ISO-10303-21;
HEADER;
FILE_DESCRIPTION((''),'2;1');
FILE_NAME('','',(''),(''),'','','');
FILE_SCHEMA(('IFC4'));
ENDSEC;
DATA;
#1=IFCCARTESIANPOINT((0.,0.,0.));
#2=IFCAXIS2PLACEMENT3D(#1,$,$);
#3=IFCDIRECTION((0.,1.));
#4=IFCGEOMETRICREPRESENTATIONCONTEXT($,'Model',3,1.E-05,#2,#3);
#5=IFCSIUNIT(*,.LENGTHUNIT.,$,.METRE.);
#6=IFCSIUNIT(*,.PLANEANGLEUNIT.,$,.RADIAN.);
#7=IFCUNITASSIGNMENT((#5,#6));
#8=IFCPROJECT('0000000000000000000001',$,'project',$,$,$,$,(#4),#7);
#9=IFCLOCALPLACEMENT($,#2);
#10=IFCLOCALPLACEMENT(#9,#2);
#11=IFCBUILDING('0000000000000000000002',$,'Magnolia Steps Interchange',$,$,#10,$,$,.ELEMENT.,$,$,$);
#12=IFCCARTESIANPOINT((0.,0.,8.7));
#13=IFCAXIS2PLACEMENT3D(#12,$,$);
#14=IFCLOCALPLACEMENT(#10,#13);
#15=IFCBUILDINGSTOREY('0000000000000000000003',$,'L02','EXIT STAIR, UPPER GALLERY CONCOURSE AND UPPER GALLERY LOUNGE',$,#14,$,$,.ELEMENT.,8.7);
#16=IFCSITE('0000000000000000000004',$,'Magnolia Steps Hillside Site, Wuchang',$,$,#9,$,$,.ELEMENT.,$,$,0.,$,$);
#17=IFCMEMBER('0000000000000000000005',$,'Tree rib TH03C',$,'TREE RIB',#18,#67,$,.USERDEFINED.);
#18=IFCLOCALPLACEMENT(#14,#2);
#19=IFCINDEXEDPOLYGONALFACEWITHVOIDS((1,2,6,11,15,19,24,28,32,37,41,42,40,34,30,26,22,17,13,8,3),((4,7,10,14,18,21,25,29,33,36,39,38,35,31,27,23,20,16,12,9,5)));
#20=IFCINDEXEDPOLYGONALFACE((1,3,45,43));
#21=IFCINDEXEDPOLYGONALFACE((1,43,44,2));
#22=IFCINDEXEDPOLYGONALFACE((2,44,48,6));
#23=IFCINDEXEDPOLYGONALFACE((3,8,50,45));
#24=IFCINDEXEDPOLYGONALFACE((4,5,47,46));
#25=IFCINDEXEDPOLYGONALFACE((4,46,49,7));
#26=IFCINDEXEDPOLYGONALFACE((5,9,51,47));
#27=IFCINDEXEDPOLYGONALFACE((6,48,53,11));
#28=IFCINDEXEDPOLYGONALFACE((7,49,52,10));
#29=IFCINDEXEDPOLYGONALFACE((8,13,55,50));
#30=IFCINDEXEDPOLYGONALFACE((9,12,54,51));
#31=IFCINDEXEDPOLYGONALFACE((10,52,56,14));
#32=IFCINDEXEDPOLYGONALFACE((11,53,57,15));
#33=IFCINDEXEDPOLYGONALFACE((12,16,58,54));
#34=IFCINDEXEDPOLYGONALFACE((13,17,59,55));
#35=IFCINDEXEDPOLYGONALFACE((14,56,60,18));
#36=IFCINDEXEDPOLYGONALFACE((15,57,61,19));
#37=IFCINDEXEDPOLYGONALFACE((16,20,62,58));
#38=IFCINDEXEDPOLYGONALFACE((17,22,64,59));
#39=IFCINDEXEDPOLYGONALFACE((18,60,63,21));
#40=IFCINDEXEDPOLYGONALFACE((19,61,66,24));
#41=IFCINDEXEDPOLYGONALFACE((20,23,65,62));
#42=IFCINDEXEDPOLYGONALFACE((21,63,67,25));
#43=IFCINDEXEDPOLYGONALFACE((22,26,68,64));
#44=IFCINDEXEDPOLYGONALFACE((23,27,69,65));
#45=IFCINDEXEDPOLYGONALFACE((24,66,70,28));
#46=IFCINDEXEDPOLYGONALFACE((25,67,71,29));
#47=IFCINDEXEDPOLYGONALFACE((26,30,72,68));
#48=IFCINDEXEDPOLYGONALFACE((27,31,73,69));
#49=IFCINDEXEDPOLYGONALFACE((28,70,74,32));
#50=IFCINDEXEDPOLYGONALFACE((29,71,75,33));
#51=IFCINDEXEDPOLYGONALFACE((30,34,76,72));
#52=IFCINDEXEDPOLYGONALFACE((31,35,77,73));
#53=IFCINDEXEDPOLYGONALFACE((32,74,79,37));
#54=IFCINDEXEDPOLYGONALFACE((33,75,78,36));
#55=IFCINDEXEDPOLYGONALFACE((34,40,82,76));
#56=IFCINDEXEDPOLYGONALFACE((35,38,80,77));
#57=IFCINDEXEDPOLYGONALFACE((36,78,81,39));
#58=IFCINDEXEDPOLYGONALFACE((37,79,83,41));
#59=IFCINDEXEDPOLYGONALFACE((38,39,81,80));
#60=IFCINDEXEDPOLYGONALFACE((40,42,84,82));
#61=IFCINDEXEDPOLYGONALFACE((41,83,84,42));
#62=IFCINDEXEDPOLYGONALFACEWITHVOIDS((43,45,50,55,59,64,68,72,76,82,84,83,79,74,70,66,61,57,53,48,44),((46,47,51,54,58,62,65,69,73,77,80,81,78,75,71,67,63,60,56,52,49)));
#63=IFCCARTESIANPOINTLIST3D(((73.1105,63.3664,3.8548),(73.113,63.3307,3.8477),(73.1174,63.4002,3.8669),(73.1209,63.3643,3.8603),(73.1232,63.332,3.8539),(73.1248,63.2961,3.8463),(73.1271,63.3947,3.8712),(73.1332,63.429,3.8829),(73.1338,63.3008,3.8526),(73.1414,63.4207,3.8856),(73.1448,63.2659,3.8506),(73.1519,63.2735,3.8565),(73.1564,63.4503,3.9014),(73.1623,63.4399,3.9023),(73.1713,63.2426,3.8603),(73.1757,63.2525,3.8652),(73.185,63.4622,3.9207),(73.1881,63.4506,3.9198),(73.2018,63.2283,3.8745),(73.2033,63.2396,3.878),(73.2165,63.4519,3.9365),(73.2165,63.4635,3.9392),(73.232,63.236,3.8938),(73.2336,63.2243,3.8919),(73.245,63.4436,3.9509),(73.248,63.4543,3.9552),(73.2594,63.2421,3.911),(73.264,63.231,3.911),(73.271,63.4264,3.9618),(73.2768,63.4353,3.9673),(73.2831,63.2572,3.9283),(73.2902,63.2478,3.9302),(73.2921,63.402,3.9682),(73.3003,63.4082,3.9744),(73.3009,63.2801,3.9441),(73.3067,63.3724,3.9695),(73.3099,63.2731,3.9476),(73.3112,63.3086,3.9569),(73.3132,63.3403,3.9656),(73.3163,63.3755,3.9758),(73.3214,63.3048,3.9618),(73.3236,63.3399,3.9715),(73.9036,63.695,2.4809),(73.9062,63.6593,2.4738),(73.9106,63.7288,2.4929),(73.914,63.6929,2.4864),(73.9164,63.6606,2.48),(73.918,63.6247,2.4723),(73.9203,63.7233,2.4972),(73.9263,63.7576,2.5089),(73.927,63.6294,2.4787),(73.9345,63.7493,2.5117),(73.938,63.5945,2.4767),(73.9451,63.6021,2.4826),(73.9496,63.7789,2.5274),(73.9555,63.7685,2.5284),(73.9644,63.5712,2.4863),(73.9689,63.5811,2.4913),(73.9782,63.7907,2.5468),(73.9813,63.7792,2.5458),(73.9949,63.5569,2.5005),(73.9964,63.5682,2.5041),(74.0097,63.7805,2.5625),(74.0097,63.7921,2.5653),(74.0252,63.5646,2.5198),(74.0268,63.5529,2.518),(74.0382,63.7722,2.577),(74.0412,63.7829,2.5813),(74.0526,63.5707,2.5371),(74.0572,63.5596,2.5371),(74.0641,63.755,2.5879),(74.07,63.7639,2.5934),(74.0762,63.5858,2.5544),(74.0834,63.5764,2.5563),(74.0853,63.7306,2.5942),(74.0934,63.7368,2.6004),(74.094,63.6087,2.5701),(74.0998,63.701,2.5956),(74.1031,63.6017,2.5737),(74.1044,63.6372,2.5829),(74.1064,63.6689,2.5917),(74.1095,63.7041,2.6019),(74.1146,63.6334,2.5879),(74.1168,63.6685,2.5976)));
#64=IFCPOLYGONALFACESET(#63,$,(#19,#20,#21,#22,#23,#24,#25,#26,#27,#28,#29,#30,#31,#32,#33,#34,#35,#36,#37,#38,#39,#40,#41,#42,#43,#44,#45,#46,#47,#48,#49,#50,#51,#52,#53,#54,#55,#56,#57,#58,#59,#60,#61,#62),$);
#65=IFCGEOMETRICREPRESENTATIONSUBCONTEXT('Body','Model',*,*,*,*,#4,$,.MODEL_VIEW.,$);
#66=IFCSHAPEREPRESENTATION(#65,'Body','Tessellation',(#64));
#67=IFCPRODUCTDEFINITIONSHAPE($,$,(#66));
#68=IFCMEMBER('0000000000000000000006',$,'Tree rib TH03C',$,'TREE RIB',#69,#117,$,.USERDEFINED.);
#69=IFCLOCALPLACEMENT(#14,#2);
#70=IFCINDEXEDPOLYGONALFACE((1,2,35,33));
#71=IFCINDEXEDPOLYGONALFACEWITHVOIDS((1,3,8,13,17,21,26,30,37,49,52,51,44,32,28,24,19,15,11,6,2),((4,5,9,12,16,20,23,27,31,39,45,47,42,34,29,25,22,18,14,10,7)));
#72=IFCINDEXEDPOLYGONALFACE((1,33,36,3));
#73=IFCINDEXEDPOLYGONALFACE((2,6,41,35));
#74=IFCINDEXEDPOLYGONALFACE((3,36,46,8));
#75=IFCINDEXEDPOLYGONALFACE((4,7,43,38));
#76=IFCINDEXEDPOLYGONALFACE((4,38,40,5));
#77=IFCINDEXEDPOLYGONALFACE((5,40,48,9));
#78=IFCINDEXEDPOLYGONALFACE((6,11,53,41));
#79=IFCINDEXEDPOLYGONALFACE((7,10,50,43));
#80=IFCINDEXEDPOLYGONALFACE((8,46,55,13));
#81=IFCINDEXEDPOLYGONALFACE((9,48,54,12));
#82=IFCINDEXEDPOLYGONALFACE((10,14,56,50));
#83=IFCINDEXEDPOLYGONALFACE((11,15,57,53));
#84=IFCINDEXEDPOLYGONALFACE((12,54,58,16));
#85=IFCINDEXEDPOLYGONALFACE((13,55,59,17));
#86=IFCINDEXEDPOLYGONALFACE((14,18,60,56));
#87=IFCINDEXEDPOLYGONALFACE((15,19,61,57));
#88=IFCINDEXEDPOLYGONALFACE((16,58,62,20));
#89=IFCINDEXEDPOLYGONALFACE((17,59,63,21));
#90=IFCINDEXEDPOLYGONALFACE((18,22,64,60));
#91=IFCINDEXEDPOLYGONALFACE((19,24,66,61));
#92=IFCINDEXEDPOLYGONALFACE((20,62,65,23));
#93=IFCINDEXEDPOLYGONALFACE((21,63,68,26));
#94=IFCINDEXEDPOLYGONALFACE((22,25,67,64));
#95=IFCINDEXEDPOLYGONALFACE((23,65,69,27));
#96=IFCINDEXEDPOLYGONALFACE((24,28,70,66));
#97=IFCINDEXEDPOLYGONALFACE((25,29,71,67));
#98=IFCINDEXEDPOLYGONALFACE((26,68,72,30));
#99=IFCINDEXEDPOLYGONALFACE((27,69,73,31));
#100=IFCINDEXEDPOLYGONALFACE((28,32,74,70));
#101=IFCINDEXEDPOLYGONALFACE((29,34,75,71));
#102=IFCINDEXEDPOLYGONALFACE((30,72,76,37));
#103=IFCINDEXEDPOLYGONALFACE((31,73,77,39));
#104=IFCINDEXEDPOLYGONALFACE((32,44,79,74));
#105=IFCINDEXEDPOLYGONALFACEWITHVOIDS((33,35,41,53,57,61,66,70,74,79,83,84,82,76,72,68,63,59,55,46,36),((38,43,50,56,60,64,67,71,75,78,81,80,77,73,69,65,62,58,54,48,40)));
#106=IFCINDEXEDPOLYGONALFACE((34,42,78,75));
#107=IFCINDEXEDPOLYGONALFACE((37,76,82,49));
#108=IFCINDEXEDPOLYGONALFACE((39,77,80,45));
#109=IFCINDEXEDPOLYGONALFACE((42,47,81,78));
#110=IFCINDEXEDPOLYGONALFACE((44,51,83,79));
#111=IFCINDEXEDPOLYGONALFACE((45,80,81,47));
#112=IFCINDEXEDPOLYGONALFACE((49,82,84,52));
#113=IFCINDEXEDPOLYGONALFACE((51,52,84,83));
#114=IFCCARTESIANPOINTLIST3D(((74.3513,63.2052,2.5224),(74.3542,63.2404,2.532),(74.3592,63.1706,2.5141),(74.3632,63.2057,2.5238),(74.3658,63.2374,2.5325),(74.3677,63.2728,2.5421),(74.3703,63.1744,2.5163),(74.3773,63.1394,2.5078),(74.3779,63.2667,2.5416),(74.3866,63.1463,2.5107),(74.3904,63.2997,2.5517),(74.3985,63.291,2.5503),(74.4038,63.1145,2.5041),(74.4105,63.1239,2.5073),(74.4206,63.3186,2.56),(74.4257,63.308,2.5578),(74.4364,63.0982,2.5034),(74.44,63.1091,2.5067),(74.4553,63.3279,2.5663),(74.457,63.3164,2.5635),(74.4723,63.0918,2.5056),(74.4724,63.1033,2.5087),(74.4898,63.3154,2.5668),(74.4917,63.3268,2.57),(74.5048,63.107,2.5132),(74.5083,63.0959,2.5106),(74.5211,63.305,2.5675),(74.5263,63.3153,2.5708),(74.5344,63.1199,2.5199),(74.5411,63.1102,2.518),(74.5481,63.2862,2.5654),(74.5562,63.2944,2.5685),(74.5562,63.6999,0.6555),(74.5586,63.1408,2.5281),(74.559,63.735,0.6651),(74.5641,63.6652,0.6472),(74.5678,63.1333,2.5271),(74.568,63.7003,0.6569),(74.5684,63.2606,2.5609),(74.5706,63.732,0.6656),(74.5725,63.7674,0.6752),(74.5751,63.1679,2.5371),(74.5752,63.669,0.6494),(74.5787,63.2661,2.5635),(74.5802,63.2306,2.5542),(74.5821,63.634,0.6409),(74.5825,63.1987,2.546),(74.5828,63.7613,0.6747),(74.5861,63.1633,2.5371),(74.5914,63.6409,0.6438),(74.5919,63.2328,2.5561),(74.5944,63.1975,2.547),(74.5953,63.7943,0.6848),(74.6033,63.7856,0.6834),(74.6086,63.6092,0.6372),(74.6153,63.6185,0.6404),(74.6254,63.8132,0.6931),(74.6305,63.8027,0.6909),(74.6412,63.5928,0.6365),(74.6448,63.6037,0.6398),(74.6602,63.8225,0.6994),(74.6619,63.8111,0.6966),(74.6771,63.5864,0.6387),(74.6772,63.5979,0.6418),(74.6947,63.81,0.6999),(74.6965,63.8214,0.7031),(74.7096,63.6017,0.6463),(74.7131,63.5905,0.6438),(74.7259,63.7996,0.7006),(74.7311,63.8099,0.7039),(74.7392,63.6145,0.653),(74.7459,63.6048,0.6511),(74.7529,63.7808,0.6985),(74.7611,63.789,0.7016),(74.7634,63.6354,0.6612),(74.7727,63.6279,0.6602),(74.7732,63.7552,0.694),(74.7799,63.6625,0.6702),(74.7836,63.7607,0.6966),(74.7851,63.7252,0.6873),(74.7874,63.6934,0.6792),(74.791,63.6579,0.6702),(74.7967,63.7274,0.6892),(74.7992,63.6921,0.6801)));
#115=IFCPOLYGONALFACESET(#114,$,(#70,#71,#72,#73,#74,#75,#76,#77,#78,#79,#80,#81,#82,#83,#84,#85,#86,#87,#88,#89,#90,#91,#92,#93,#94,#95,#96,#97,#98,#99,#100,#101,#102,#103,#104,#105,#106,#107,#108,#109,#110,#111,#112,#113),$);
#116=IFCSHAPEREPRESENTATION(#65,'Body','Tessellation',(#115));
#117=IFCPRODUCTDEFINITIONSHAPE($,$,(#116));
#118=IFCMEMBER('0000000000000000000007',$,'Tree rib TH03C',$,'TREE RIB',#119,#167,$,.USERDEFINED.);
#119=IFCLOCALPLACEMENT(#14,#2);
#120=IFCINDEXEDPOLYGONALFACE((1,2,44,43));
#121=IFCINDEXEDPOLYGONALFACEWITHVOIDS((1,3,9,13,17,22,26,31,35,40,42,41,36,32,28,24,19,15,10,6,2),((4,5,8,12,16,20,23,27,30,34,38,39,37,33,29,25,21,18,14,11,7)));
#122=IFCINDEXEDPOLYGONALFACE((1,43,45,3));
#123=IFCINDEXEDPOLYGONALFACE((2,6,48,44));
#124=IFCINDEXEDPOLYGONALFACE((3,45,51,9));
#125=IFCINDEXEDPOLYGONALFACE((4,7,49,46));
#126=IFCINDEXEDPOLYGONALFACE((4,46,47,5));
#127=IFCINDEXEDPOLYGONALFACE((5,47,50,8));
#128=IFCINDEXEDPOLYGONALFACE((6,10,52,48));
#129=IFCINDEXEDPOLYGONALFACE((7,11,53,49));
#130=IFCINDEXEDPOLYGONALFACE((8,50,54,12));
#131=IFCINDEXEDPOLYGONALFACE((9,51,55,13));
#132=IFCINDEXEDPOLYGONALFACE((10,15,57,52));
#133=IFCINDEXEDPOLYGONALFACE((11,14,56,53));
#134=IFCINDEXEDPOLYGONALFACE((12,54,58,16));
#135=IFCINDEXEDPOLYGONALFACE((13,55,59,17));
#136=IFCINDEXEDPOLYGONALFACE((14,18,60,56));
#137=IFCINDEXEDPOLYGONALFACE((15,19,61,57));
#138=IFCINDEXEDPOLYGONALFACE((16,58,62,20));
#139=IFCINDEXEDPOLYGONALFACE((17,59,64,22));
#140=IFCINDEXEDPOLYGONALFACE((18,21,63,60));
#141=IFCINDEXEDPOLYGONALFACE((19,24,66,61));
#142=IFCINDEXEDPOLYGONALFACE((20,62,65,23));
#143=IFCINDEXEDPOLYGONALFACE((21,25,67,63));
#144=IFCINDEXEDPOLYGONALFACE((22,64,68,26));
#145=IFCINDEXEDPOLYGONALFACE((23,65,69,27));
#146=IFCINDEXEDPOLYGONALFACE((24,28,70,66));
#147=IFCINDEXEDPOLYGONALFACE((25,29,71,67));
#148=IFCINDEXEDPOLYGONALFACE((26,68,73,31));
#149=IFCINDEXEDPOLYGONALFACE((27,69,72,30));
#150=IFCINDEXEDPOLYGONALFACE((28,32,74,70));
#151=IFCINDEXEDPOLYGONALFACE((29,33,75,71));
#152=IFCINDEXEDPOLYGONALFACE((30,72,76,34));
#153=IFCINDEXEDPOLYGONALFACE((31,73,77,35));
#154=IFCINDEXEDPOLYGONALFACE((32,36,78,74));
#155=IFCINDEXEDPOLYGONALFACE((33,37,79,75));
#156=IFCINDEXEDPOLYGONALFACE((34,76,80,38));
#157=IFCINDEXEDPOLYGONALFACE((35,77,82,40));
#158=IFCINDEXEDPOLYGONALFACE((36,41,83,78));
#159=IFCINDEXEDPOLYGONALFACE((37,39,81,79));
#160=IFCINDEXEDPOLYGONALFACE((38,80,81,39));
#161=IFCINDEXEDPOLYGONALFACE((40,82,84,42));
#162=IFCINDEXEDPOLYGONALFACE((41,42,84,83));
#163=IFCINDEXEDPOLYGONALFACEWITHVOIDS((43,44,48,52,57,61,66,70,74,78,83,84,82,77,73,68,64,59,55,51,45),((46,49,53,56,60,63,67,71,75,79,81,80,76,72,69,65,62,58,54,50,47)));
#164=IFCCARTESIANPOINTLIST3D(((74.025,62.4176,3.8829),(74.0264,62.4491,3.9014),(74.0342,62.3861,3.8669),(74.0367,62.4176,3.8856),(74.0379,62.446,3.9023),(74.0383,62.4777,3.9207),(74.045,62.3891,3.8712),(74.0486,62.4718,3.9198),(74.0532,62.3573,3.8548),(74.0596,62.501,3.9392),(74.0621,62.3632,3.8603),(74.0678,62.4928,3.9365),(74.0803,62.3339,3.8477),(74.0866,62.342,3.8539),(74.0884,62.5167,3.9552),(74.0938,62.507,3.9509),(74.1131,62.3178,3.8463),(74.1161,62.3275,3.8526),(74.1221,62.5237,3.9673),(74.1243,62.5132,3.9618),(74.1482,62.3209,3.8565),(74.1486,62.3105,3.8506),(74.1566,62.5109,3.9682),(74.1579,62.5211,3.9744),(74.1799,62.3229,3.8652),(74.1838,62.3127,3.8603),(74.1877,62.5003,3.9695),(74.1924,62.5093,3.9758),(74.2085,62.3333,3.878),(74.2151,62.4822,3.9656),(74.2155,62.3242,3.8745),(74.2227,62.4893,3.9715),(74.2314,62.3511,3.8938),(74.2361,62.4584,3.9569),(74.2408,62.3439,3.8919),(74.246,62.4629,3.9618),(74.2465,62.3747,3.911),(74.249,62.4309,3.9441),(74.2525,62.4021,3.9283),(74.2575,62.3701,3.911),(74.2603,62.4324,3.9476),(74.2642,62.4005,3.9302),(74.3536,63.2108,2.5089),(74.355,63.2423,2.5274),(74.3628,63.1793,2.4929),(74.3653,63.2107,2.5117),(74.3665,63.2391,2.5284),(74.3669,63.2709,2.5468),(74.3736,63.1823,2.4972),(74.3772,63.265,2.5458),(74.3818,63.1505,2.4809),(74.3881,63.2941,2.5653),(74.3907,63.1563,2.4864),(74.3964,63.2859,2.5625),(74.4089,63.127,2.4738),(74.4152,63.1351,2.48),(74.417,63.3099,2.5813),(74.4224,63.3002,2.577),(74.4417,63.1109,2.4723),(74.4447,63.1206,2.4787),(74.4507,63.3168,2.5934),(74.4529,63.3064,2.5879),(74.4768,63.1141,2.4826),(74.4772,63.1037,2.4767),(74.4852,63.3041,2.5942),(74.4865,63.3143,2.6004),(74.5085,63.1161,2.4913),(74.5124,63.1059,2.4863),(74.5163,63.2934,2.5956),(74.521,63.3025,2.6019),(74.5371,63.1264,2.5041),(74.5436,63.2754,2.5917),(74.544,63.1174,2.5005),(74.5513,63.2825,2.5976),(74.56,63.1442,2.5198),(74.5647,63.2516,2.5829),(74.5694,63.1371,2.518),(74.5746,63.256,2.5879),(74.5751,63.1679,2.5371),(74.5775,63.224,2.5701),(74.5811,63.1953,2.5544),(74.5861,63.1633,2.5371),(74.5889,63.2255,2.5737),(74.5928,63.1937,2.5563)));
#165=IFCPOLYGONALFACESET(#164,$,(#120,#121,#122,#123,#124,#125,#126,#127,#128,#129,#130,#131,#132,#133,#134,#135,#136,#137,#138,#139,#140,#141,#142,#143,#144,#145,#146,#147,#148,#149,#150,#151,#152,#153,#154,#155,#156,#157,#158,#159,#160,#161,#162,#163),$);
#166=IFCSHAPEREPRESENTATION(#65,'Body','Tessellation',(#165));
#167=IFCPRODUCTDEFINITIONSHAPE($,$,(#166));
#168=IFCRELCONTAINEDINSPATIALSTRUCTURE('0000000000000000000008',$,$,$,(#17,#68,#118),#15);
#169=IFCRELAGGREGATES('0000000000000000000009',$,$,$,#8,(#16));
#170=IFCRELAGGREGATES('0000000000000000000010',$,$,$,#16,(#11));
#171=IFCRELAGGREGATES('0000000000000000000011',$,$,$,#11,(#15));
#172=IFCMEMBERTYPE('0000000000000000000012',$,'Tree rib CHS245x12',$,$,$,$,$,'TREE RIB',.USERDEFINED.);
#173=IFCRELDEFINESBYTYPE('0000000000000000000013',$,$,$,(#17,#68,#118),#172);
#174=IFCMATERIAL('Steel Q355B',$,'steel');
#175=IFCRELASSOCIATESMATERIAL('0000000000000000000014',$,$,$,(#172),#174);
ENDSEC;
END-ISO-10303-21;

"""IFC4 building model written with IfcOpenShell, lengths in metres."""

from ifc_helpers import new_model, si_unit, direction, frame, origin, origin_2d, place, context, subcontext, project, spatial, hollow_circle, extrude, material, material_profile, profile_set, type_object, element, save


model = new_model("IFC4")

# Units and contexts
model_context = context("Model", 3, precision=1e-05, world=origin(), true_north=direction((0.0, 1.0)))
body_context = subcontext(model_context, "Body", "Model", "MODEL_VIEW")
ifc_project = project(units=[si_unit("LENGTHUNIT", "METRE"), si_unit("PLANEANGLEUNIT", "RADIAN")], contexts=[model_context])

# Site, building, storey
site_placement = place(None, origin())
site = spatial("IfcSite", under=ifc_project, at=site_placement, Name="Magnolia Steps Hillside Site, Wuchang", CompositionType="ELEMENT", RefElevation=0.0)
building_placement = place(site_placement, origin())
building = spatial("IfcBuilding", under=site, at=building_placement, Name="Magnolia Steps Interchange", CompositionType="ELEMENT")
storey_placement = place(building_placement, frame((0.0, 0.0, 8.7)))
storey = spatial("IfcBuildingStorey", under=building, at=storey_placement, Name="L02", Description="EXIT STAIR, UPPER GALLERY CONCOURSE AND UPPER GALLERY LOUNGE", CompositionType="ELEMENT", Elevation=8.7)

# Members
ifc_material_1 = material(Name="Steel Q355B", Category="steel")
ifc_material_profile_1 = material_profile(ifc_material_1, hollow_circle(Radius=0.1226, WallThickness=0.012, at=origin_2d()), Name="CHS245x12")
ifc_profile_set_1 = profile_set([ifc_material_profile_1], Name="Steel Q355B")
member_type = type_object("IfcMemberType", Name="Tree rib CHS245x12", ElementType="TREE RIB", PredefinedType="USERDEFINED", material=ifc_profile_set_1)
member_1_placement = place(storey_placement, frame((74.0103, 63.6729, 2.5371), z_axis=(-0.489571, -0.20282, 0.848047), x_axis=(0.382737, -0.923857, 0.0)))
element("IfcMember", 1, at=member_1_placement, inside=storey, type_object=member_type, Name="Tree rib TH03C", ObjectType="TREE RIB", PredefinedType="USERDEFINED", context=body_context, shape_type="SweptSolid", body=[
    extrude(hollow_circle(Radius=0.1226, WallThickness=0.012, at=origin_2d()), origin(), (0.0, 0.0, 1.0), 1.6201),
])
member_2_placement = place(storey_placement, frame((74.6777, 63.7048, 0.6702), z_axis=(-0.105466, -0.254676, 0.961258), x_axis=(0.923911, -0.382607, 0.0)))
element("IfcMember", 2, at=member_2_placement, inside=storey, type_object=member_type, Name="Tree rib TH03C", ObjectType="TREE RIB", PredefinedType="USERDEFINED", context=body_context, shape_type="SweptSolid", body=[
    extrude(hollow_circle(Radius=0.1226, WallThickness=0.012, at=origin_2d()), origin(), (0.0, 0.0, 1.0), 1.9421),
])
member_3_placement = place(storey_placement, frame((74.4729, 63.2102, 2.5371), z_axis=(-0.20282, -0.489571, 0.848047), x_axis=(0.923857, -0.382737, 0.0)))
element("IfcMember", 3, at=member_3_placement, inside=storey, type_object=member_type, Name="Tree rib TH03C", ObjectType="TREE RIB", PredefinedType="USERDEFINED", context=body_context, shape_type="SweptSolid", body=[
    extrude(hollow_circle(Radius=0.1226, WallThickness=0.012, at=origin_2d()), origin(), (0.0, 0.0, 1.0), 1.6201),
])

save(model, "model.ifc")
